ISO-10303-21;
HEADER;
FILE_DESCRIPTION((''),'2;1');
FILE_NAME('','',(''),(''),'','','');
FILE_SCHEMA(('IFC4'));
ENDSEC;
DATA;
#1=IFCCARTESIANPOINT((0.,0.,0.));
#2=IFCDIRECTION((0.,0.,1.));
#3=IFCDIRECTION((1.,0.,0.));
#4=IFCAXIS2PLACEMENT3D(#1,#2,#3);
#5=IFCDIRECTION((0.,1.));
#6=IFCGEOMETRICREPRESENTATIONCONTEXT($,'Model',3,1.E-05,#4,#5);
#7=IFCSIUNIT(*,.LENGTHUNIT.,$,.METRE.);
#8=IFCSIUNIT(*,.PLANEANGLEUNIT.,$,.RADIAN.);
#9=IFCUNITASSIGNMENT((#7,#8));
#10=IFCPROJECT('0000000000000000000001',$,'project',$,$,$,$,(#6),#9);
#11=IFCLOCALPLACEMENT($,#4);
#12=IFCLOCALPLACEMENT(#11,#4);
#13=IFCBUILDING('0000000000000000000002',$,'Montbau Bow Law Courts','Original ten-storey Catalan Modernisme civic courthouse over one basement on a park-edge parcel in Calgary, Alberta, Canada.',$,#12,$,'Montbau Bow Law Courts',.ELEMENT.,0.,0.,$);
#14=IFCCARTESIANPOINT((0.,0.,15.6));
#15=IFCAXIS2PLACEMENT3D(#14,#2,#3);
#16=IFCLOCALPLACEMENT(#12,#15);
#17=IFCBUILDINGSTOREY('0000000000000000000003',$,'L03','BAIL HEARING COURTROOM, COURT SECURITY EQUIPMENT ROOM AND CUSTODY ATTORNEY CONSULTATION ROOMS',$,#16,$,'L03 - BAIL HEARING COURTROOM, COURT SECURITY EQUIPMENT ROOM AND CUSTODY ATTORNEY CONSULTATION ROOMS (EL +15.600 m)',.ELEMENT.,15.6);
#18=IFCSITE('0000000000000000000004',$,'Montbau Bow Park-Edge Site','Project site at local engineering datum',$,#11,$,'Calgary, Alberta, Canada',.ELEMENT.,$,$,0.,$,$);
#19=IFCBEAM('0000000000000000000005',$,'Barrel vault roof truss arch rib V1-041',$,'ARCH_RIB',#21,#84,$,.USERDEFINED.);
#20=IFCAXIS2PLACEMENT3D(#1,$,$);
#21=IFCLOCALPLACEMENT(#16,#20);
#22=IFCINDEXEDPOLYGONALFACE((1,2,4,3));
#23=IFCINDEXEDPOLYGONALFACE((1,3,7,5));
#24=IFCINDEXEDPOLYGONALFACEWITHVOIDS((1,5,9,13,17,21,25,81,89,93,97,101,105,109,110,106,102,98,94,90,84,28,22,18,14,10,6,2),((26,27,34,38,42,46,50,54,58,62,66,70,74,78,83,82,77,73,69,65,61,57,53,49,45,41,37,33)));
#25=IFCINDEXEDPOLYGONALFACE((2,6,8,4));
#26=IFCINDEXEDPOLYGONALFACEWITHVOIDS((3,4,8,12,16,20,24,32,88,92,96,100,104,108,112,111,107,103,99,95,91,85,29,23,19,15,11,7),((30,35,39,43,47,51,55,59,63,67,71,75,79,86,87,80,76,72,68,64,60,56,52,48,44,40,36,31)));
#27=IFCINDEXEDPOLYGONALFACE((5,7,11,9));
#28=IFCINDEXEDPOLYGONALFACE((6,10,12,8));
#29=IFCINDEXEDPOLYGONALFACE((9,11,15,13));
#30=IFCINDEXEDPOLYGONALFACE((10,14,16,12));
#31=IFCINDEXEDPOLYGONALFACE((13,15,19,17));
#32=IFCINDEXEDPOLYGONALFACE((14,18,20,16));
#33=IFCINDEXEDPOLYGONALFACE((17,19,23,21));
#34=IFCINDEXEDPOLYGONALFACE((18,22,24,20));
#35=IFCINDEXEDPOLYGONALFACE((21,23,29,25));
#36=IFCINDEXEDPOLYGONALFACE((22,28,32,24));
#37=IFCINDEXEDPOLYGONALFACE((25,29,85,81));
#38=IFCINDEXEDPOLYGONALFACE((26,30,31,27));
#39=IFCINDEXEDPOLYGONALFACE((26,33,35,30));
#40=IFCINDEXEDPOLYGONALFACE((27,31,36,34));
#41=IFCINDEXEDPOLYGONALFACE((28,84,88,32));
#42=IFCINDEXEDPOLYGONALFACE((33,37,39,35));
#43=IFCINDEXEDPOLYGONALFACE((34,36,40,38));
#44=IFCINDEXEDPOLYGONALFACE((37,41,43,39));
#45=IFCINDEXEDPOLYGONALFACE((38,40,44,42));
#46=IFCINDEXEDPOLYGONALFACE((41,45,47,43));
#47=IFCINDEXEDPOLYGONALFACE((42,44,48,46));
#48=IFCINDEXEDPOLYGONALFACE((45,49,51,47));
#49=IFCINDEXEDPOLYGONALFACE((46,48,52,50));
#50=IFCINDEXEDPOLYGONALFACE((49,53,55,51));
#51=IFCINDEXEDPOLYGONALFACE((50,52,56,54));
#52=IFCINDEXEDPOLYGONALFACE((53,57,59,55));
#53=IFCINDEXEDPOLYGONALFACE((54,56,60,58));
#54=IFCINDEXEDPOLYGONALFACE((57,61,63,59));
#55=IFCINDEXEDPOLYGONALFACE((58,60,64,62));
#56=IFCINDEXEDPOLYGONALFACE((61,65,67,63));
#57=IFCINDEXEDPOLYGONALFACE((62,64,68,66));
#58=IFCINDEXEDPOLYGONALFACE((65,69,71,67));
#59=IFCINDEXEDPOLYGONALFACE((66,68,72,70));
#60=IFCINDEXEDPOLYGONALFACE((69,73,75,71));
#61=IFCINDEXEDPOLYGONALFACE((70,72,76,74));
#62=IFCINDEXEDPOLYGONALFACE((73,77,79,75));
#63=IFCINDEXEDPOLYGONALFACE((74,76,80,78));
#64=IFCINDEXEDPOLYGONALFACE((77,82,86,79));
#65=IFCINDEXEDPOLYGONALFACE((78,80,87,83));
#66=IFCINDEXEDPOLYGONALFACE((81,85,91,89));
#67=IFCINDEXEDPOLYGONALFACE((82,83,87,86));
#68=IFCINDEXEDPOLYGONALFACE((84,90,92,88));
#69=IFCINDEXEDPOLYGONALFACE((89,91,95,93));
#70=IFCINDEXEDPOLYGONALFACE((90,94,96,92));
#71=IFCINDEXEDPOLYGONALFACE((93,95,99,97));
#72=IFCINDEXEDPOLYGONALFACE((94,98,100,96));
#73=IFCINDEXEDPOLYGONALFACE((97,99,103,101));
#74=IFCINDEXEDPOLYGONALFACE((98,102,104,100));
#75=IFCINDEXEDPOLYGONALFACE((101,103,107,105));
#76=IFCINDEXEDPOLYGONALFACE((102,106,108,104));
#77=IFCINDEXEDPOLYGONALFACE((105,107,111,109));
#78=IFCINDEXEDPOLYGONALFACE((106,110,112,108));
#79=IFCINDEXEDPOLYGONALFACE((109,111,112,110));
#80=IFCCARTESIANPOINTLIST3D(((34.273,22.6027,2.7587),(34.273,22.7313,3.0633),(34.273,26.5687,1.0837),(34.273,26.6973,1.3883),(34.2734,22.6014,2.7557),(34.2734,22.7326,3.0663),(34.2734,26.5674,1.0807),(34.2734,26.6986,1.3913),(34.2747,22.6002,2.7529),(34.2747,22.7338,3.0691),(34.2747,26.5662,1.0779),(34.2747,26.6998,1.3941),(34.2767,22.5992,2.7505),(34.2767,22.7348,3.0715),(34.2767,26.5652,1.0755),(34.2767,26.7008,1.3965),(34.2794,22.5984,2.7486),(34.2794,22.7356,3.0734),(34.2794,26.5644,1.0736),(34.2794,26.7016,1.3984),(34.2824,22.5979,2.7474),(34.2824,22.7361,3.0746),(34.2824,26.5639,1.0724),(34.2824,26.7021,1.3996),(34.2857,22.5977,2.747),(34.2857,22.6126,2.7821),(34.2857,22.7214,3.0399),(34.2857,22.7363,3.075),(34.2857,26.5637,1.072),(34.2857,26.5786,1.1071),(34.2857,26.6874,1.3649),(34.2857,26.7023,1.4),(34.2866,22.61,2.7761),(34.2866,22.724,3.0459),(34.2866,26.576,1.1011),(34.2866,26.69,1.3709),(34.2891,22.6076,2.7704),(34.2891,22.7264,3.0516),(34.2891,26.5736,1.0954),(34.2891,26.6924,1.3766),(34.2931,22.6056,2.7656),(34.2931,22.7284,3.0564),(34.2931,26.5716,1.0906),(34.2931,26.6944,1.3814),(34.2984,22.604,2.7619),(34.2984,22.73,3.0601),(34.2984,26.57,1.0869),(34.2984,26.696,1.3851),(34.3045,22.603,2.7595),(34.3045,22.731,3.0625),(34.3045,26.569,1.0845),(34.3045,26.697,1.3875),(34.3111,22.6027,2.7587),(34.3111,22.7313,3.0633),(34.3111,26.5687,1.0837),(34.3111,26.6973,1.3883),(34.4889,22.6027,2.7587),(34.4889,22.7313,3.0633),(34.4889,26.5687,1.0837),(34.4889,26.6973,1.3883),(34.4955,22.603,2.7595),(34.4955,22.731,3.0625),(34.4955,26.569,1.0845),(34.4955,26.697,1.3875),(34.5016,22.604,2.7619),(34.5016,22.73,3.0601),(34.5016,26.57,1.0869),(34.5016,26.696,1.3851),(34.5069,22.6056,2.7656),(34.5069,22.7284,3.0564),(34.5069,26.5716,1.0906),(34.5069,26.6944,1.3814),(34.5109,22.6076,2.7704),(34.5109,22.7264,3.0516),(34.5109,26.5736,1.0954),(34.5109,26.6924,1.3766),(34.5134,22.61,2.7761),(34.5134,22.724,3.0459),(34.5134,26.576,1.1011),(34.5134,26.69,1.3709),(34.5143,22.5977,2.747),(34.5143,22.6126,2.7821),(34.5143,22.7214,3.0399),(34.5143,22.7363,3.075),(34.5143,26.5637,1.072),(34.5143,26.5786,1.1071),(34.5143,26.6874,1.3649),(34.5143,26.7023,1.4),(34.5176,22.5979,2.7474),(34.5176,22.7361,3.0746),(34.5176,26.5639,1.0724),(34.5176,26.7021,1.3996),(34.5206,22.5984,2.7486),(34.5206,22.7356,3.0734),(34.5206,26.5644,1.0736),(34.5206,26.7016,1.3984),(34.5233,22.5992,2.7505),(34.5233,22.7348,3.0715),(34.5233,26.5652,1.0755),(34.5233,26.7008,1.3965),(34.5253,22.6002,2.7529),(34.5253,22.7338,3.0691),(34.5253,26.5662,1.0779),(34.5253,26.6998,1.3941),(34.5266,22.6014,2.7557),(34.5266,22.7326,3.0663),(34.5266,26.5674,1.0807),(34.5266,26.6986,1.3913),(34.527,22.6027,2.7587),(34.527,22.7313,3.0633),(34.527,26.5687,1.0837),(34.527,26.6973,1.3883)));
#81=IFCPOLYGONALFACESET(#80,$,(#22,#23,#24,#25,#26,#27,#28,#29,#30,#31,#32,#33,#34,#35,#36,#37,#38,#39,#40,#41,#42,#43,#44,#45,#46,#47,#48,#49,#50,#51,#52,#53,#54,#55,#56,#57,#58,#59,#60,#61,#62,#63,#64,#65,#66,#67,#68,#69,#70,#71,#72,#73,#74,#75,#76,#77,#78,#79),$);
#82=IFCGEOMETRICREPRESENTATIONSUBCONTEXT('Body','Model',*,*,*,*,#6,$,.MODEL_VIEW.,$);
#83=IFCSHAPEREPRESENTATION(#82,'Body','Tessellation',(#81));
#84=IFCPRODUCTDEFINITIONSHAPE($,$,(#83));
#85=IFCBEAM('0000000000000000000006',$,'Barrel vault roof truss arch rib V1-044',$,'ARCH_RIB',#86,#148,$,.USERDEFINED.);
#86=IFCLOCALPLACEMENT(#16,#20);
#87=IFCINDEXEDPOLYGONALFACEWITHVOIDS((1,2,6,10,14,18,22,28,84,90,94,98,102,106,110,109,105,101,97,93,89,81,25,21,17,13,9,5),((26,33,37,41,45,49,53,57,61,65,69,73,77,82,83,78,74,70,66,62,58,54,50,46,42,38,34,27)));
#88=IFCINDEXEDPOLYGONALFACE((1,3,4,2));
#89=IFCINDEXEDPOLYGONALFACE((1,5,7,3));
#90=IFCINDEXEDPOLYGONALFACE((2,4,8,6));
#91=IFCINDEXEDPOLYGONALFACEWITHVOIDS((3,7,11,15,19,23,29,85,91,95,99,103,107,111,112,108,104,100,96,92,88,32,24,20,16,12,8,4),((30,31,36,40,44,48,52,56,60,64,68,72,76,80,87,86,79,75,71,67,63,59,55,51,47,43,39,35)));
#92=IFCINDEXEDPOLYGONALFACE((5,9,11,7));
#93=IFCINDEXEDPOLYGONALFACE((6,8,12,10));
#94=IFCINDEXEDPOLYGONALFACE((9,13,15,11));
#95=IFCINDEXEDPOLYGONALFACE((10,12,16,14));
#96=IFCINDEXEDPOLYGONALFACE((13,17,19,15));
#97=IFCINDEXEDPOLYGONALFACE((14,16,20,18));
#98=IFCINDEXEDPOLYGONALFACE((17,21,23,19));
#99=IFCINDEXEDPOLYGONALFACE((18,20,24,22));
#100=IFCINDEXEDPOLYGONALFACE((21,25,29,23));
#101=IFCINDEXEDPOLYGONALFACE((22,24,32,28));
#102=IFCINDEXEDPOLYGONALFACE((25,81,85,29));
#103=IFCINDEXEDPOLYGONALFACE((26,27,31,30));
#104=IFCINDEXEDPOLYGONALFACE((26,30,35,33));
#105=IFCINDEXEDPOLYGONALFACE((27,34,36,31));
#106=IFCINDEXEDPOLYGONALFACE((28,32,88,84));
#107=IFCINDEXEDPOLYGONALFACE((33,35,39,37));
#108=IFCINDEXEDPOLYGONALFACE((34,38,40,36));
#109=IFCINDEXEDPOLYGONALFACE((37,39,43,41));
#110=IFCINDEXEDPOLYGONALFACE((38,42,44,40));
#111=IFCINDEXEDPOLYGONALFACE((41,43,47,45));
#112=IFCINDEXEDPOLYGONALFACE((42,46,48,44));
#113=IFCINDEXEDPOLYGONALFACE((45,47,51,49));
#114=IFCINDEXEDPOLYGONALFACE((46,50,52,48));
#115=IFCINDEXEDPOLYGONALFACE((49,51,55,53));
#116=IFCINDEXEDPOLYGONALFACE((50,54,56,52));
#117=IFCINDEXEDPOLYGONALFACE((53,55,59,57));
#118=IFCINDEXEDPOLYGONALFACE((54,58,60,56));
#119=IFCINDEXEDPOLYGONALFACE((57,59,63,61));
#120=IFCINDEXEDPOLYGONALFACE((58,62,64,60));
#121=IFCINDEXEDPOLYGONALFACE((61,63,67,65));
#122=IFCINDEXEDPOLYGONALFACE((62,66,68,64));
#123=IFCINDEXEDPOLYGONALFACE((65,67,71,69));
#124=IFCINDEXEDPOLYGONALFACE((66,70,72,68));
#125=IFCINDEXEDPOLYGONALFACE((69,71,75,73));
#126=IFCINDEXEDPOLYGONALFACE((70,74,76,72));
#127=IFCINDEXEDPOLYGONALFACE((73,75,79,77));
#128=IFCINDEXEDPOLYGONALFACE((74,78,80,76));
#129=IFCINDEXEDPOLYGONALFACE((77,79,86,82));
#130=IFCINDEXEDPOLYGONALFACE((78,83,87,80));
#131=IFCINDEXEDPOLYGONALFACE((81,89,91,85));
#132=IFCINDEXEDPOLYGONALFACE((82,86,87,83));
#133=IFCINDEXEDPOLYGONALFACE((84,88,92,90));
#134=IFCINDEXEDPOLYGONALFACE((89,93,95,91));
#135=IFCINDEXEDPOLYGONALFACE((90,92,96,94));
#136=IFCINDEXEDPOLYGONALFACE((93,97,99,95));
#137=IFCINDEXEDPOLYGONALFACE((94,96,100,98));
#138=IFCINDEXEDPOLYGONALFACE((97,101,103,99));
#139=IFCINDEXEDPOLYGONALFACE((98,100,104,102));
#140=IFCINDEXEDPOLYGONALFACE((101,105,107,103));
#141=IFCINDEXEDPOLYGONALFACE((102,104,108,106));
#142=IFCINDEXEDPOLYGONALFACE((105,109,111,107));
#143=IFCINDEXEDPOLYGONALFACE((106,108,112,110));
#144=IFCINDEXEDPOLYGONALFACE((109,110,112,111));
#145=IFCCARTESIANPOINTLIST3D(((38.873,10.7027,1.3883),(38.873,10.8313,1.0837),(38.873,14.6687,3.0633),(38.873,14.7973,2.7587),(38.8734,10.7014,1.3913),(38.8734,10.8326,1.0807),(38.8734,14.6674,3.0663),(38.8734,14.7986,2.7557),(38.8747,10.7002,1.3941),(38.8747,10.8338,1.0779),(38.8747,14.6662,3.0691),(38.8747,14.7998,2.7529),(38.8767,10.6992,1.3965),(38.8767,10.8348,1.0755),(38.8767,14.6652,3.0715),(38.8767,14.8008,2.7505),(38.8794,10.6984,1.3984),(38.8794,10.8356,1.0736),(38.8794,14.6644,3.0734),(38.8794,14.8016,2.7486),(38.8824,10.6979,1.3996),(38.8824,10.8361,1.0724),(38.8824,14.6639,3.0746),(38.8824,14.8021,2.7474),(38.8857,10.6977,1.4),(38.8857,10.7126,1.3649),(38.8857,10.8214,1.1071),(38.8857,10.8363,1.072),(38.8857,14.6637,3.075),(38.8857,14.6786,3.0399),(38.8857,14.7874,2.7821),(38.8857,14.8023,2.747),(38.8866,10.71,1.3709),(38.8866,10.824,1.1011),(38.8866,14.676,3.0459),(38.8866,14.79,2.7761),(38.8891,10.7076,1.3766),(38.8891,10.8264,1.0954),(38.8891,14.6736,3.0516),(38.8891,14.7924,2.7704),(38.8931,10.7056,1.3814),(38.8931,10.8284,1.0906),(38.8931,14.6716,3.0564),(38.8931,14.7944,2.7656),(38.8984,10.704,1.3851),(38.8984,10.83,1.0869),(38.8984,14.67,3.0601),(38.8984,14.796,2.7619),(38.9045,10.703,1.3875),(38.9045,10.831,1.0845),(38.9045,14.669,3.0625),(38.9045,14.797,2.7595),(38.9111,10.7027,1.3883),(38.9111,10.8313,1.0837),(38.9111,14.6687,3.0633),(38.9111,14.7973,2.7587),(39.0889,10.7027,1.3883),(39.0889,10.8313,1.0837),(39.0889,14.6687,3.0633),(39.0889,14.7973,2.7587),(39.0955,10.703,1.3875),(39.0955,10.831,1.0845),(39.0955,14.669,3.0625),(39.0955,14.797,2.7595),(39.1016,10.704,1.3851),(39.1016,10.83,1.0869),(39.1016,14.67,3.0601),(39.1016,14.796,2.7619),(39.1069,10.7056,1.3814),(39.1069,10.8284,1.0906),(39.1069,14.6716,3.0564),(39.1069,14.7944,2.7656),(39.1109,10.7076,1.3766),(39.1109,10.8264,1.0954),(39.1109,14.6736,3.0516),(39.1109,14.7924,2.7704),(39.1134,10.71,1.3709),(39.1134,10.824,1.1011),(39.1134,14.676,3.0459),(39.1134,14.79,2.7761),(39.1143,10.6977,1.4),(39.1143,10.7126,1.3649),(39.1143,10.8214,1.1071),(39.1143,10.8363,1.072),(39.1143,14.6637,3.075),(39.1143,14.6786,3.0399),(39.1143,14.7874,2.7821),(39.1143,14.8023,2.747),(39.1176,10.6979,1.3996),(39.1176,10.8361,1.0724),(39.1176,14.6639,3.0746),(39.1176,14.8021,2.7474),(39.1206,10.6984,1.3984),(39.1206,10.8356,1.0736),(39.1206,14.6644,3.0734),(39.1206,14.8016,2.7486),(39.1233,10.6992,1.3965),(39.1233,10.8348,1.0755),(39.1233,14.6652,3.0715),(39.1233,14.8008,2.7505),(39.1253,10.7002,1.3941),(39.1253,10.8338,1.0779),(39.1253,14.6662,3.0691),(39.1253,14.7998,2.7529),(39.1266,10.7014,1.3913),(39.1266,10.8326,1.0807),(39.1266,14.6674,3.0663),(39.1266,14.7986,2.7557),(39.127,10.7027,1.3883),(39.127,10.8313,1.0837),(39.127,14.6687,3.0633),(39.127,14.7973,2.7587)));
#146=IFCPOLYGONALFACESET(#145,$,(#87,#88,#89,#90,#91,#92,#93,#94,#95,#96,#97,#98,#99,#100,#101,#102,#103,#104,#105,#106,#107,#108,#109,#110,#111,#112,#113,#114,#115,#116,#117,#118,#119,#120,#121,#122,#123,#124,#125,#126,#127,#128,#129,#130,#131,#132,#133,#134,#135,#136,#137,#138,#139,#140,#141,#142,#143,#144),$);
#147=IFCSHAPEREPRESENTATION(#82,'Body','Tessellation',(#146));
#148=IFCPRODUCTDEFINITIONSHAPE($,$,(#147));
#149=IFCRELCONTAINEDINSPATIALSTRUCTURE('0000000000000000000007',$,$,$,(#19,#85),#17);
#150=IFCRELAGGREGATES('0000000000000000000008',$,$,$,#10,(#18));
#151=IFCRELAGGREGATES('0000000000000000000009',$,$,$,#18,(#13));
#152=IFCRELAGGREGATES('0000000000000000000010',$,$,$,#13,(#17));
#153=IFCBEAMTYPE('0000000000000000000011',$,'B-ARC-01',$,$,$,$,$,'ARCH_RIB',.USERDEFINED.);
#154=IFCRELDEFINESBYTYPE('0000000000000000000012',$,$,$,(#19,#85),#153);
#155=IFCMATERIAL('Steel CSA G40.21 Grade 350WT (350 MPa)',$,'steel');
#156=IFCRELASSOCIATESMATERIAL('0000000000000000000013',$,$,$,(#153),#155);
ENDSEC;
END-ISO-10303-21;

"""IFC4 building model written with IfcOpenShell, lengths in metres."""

from ifc_helpers import new_model, si_unit, direction, frame, origin_with_axes, origin_2d_with_axis, place, context, subcontext, project, spatial, hollow_rectangle, extrude, material, material_profile, profile_set, type_object, element, save


model = new_model("IFC4")

# Units and contexts
model_context = context("Model", 3, precision=1e-05, world=origin_with_axes(), true_north=direction((0.0, 1.0)))
body_context = subcontext(model_context, "Body", "Model", "MODEL_VIEW")
ifc_project = project(units=[si_unit("LENGTHUNIT", "METRE"), si_unit("PLANEANGLEUNIT", "RADIAN")], contexts=[model_context])

# Site, building, storey
site_placement = place(None, origin_with_axes())
site = spatial("IfcSite", under=ifc_project, at=site_placement, Name="Montbau Bow Park-Edge Site", Description="Project site at local engineering datum", LongName="Calgary, Alberta, Canada", CompositionType="ELEMENT", RefElevation=0.0)
building_placement = place(site_placement, origin_with_axes())
building = spatial("IfcBuilding", under=site, at=building_placement, Name="Montbau Bow Law Courts", Description="Original ten-storey Catalan Modernisme civic courthouse over one basement on a park-edge parcel in Calgary, Alberta, Canada.", LongName="Montbau Bow Law Courts", CompositionType="ELEMENT", ElevationOfRefHeight=0.0, ElevationOfTerrain=0.0)
storey_placement = place(building_placement, frame((0.0, 0.0, 15.6), z_axis=(0.0, 0.0, 1.0), x_axis=(1.0, 0.0, 0.0)))
storey = spatial("IfcBuildingStorey", under=building, at=storey_placement, Name="L03", Description="BAIL HEARING COURTROOM, COURT SECURITY EQUIPMENT ROOM AND CUSTODY ATTORNEY CONSULTATION ROOMS", LongName="L03 - BAIL HEARING COURTROOM, COURT SECURITY EQUIPMENT ROOM AND CUSTODY ATTORNEY CONSULTATION ROOMS (EL +15.600 m)", CompositionType="ELEMENT", Elevation=15.6)

# Beams
ifc_material_1 = material(Name="Steel CSA G40.21 Grade 350WT (350 MPa)", Category="steel")
ifc_material_profile_1 = material_profile(ifc_material_1, hollow_rectangle(XDim=0.254, YDim=0.356, WallThickness=0.0127, InnerFilletRadius=0.0254, OuterFilletRadius=0.0127, at=origin_2d_with_axis()), Name="HSS356X254X13", Category="Main", Priority=0)
ifc_profile_set_1 = profile_set([ifc_material_profile_1], Name="Steel CSA G40.21 Grade 350WT (350 MPa)")
beam_type = type_object("IfcBeamType", Name="B-ARC-01", ElementType="ARCH_RIB", PredefinedType="USERDEFINED", material=ifc_profile_set_1)
for number, where, z_axis, x_axis, name in (
    (1, (34.4, 22.667, 18.511), (0.0, 0.921211, -0.389064), (-1.0, 0.0, 0.0), "Barrel vault roof truss arch rib V1-041"),
    (2, (39.0, 10.767, 16.836), (0.0, 0.921211, 0.389064), (-1.0, 0.0, 0.0), "Barrel vault roof truss arch rib V1-044"),
):
    element("IfcBeam", number, at=place(None, frame(where, z_axis=z_axis, x_axis=x_axis)), inside=storey, type_object=beam_type, Name=name, ObjectType="ARCH_RIB", PredefinedType="USERDEFINED", context=body_context, shape_type="SweptSolid", body=[
        extrude(hollow_rectangle(XDim=0.254, YDim=0.356, WallThickness=0.0127, InnerFilletRadius=0.0254, OuterFilletRadius=0.0127, at=origin_2d_with_axis()), origin_with_axes(), (0.0, 0.0, 1.0), 4.3052),
    ])

save(model, "model.ifc")
